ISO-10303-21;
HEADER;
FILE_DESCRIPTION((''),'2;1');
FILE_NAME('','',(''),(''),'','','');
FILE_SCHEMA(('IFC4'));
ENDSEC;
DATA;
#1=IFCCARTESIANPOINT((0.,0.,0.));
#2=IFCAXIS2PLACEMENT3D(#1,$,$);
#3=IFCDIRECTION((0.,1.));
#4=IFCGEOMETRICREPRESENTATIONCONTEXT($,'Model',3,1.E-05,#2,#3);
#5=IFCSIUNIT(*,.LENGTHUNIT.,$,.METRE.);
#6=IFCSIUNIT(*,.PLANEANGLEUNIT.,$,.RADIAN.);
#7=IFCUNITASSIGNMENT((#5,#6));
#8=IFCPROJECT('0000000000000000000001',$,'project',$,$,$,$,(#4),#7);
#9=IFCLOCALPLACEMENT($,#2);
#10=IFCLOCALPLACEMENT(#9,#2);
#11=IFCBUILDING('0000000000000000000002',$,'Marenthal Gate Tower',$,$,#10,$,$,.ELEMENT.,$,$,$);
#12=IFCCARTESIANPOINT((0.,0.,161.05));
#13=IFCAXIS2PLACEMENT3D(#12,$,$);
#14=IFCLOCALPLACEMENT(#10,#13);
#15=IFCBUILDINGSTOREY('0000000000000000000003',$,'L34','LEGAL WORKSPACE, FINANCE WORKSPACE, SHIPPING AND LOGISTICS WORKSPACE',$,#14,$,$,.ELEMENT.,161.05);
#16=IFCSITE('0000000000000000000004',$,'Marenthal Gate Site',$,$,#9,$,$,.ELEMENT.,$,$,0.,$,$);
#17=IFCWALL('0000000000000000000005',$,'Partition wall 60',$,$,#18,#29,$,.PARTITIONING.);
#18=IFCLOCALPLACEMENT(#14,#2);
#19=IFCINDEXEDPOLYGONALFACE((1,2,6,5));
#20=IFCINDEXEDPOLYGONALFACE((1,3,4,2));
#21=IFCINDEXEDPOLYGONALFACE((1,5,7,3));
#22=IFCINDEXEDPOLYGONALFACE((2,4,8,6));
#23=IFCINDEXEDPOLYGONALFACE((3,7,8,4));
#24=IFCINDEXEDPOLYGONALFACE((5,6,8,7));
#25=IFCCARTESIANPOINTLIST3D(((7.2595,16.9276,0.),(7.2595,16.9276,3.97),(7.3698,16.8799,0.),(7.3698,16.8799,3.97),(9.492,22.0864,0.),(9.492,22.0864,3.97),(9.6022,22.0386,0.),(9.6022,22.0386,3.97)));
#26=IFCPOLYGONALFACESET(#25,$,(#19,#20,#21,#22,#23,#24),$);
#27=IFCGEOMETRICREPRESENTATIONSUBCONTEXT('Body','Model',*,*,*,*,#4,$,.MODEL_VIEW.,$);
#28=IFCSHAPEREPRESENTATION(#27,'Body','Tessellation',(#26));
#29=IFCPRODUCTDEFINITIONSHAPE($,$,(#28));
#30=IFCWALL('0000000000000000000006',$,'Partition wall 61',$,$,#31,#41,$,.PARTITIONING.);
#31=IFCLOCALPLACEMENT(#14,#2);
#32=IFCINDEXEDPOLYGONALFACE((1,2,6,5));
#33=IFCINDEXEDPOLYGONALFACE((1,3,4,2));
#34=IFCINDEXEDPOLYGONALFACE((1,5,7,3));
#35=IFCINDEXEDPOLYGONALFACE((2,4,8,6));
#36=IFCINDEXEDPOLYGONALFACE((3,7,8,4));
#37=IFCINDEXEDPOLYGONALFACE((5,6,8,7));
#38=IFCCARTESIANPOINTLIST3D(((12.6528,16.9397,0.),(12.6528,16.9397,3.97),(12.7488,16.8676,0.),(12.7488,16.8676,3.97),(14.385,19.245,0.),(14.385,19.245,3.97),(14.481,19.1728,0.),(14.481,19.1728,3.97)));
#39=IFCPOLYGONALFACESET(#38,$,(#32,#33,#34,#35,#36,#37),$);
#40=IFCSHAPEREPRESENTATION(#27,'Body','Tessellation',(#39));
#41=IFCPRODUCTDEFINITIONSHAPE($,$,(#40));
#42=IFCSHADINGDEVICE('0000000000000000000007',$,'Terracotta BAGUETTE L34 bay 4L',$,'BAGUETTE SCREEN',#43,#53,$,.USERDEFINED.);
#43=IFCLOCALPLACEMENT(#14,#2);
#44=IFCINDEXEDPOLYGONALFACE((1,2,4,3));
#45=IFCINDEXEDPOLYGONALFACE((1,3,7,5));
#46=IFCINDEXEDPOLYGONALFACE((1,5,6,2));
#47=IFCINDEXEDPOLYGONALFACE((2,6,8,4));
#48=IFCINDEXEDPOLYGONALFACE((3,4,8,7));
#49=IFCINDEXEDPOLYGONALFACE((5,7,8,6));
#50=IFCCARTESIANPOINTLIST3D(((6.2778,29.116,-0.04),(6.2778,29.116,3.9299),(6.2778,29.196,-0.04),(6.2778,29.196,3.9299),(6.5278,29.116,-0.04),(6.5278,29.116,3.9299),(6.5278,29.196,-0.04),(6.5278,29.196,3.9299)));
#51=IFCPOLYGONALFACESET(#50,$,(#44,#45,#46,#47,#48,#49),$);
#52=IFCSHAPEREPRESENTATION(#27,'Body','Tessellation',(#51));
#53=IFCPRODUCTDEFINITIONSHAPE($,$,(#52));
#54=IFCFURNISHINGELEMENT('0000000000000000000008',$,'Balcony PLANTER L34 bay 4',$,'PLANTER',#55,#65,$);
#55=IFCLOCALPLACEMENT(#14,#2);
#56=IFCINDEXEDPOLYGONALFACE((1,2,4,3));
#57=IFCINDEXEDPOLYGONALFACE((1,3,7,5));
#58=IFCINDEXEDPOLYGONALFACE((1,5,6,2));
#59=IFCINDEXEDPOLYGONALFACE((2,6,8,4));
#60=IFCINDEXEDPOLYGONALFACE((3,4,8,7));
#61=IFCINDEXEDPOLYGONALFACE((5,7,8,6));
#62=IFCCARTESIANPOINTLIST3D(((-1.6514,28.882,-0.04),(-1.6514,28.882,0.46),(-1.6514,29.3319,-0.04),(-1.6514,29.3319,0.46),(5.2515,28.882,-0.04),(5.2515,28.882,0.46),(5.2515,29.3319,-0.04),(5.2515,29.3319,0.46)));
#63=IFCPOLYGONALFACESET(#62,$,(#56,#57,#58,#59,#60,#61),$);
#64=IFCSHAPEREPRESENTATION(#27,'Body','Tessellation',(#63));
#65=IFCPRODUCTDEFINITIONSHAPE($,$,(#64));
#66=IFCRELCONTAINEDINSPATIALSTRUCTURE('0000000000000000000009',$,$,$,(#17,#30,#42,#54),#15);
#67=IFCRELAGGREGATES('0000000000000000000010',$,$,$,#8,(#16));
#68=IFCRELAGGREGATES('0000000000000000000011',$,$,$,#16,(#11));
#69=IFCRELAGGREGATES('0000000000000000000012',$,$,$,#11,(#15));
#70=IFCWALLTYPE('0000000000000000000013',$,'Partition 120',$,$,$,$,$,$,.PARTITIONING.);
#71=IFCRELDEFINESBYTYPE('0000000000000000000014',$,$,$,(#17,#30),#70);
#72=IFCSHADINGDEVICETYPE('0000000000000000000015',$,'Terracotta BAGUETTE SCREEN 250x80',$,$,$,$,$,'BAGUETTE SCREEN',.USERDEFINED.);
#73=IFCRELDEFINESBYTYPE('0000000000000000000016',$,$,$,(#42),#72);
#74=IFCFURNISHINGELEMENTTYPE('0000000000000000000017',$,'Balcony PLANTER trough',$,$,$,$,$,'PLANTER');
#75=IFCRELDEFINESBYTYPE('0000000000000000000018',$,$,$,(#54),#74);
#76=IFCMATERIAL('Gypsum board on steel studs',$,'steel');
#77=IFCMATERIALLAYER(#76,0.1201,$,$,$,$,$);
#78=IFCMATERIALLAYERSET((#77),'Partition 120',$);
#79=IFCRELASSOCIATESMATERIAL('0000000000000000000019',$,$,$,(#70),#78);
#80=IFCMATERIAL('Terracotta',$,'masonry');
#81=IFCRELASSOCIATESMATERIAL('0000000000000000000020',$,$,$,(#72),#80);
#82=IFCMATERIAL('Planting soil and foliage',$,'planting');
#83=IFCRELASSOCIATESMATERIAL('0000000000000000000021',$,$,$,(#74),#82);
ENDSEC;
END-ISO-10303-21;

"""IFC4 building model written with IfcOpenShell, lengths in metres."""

from ifc_helpers import new_model, si_unit, direction, frame, frame_2d, origin, origin_2d, place, context, subcontext, project, spatial, rectangle, extrude, material, layer, layer_set, material_profile, profile_set, type_object, element, save


model = new_model("IFC4")

# Units and contexts
model_context = context("Model", 3, precision=1e-05, world=origin(), true_north=direction((0.0, 1.0)))
body_context = subcontext(model_context, "Body", "Model", "MODEL_VIEW")
ifc_project = project(units=[si_unit("LENGTHUNIT", "METRE"), si_unit("PLANEANGLEUNIT", "RADIAN")], contexts=[model_context])

# Site, building, storey
site_placement = place(None, origin())
site = spatial("IfcSite", under=ifc_project, at=site_placement, Name="Marenthal Gate Site", CompositionType="ELEMENT", RefElevation=0.0)
building_placement = place(site_placement, origin())
building = spatial("IfcBuilding", under=site, at=building_placement, Name="Marenthal Gate Tower", CompositionType="ELEMENT")
storey_placement = place(building_placement, frame((0.0, 0.0, 161.05)))
storey = spatial("IfcBuildingStorey", under=building, at=storey_placement, Name="L34", Description="LEGAL WORKSPACE, FINANCE WORKSPACE, SHIPPING AND LOGISTICS WORKSPACE", CompositionType="ELEMENT", Elevation=161.05)

# Walls
ifc_material_1 = material(Name="Gypsum board on steel studs", Category="steel")
ifc_layer_1 = layer(ifc_material_1, 0.1201)
ifc_layer_set_1 = layer_set([ifc_layer_1], Name="Partition 120")
wall_type_1 = type_object("IfcWallType", Name="Partition 120", PredefinedType="PARTITIONING", material=ifc_layer_set_1)
wall_1_placement = place(storey_placement, frame((9.5471, 22.0625, 0.0), z_axis=(0.0, 0.0, 1.0), x_axis=(-0.397156, -0.917751, 0.0)))
element("IfcWall", 1, at=wall_1_placement, inside=storey, type_object=wall_type_1, Name="Partition wall 60", PredefinedType="PARTITIONING", context=body_context, shape_type="SweptSolid", body=[
    extrude(rectangle(XDim=5.6211, YDim=0.1201, at=frame_2d((2.8105, 0.0))), origin(), (0.0, 0.0, 1.0), 3.97),
])
wall_2_placement = place(storey_placement, frame((14.4331, 19.209, 0.0), z_axis=(0.0, 0.0, 1.0), x_axis=(-0.600731, -0.799451, 0.0)))
element("IfcWall", 2, at=wall_2_placement, inside=storey, type_object=wall_type_1, Name="Partition wall 61", PredefinedType="PARTITIONING", context=body_context, shape_type="SweptSolid", body=[
    extrude(rectangle(XDim=2.8835, YDim=0.1201, at=frame_2d((1.4419, 0.0))), origin(), (0.0, 0.0, 1.0), 3.97),
])

# Shading device
ifc_material_2 = material(Name="Terracotta", Category="masonry")
ifc_material_profile_1 = material_profile(ifc_material_2, rectangle(XDim=0.25, YDim=0.0801, at=origin_2d()), Name="Terracotta baguette 250x80")
ifc_profile_set_1 = profile_set([ifc_material_profile_1], Name="Terracotta")
shading_device_type = type_object("IfcShadingDeviceType", Name="Terracotta BAGUETTE SCREEN 250x80", ElementType="BAGUETTE SCREEN", PredefinedType="USERDEFINED", material=ifc_profile_set_1)
shading_device_placement = place(storey_placement, frame((6.4028, 29.156, -0.04), z_axis=(0.0, 0.0, 1.0), x_axis=(-1.0, 0.0, 0.0)))
element("IfcShadingDevice", 3, at=shading_device_placement, inside=storey, type_object=shading_device_type, Name="Terracotta BAGUETTE L34 bay 4L", ObjectType="BAGUETTE SCREEN", PredefinedType="USERDEFINED", context=body_context, shape_type="SweptSolid", body=[
    extrude(rectangle(XDim=0.25, YDim=0.0801, at=origin_2d()), origin(), (0.0, 0.0, 1.0), 3.97),
])

# Furnishing element
ifc_material_3 = material(Name="Planting soil and foliage", Category="planting")
furnishing_element_type = type_object("IfcFurnishingElementType", Name="Balcony PLANTER trough", ElementType="PLANTER", material=ifc_material_3)
furnishing_placement = place(storey_placement, frame((1.8, 29.1069, -0.04), z_axis=(0.0, 0.0, 1.0), x_axis=(-1.0, 0.0, 0.0)))
element("IfcFurnishingElement", 4, at=furnishing_placement, inside=storey, type_object=furnishing_element_type, Name="Balcony PLANTER L34 bay 4", ObjectType="PLANTER", context=body_context, shape_type="SweptSolid", body=[
    extrude(rectangle(XDim=6.9028, YDim=0.45, at=origin_2d()), origin(), (0.0, 0.0, 1.0), 0.5),
])

save(model, "model.ifc")
